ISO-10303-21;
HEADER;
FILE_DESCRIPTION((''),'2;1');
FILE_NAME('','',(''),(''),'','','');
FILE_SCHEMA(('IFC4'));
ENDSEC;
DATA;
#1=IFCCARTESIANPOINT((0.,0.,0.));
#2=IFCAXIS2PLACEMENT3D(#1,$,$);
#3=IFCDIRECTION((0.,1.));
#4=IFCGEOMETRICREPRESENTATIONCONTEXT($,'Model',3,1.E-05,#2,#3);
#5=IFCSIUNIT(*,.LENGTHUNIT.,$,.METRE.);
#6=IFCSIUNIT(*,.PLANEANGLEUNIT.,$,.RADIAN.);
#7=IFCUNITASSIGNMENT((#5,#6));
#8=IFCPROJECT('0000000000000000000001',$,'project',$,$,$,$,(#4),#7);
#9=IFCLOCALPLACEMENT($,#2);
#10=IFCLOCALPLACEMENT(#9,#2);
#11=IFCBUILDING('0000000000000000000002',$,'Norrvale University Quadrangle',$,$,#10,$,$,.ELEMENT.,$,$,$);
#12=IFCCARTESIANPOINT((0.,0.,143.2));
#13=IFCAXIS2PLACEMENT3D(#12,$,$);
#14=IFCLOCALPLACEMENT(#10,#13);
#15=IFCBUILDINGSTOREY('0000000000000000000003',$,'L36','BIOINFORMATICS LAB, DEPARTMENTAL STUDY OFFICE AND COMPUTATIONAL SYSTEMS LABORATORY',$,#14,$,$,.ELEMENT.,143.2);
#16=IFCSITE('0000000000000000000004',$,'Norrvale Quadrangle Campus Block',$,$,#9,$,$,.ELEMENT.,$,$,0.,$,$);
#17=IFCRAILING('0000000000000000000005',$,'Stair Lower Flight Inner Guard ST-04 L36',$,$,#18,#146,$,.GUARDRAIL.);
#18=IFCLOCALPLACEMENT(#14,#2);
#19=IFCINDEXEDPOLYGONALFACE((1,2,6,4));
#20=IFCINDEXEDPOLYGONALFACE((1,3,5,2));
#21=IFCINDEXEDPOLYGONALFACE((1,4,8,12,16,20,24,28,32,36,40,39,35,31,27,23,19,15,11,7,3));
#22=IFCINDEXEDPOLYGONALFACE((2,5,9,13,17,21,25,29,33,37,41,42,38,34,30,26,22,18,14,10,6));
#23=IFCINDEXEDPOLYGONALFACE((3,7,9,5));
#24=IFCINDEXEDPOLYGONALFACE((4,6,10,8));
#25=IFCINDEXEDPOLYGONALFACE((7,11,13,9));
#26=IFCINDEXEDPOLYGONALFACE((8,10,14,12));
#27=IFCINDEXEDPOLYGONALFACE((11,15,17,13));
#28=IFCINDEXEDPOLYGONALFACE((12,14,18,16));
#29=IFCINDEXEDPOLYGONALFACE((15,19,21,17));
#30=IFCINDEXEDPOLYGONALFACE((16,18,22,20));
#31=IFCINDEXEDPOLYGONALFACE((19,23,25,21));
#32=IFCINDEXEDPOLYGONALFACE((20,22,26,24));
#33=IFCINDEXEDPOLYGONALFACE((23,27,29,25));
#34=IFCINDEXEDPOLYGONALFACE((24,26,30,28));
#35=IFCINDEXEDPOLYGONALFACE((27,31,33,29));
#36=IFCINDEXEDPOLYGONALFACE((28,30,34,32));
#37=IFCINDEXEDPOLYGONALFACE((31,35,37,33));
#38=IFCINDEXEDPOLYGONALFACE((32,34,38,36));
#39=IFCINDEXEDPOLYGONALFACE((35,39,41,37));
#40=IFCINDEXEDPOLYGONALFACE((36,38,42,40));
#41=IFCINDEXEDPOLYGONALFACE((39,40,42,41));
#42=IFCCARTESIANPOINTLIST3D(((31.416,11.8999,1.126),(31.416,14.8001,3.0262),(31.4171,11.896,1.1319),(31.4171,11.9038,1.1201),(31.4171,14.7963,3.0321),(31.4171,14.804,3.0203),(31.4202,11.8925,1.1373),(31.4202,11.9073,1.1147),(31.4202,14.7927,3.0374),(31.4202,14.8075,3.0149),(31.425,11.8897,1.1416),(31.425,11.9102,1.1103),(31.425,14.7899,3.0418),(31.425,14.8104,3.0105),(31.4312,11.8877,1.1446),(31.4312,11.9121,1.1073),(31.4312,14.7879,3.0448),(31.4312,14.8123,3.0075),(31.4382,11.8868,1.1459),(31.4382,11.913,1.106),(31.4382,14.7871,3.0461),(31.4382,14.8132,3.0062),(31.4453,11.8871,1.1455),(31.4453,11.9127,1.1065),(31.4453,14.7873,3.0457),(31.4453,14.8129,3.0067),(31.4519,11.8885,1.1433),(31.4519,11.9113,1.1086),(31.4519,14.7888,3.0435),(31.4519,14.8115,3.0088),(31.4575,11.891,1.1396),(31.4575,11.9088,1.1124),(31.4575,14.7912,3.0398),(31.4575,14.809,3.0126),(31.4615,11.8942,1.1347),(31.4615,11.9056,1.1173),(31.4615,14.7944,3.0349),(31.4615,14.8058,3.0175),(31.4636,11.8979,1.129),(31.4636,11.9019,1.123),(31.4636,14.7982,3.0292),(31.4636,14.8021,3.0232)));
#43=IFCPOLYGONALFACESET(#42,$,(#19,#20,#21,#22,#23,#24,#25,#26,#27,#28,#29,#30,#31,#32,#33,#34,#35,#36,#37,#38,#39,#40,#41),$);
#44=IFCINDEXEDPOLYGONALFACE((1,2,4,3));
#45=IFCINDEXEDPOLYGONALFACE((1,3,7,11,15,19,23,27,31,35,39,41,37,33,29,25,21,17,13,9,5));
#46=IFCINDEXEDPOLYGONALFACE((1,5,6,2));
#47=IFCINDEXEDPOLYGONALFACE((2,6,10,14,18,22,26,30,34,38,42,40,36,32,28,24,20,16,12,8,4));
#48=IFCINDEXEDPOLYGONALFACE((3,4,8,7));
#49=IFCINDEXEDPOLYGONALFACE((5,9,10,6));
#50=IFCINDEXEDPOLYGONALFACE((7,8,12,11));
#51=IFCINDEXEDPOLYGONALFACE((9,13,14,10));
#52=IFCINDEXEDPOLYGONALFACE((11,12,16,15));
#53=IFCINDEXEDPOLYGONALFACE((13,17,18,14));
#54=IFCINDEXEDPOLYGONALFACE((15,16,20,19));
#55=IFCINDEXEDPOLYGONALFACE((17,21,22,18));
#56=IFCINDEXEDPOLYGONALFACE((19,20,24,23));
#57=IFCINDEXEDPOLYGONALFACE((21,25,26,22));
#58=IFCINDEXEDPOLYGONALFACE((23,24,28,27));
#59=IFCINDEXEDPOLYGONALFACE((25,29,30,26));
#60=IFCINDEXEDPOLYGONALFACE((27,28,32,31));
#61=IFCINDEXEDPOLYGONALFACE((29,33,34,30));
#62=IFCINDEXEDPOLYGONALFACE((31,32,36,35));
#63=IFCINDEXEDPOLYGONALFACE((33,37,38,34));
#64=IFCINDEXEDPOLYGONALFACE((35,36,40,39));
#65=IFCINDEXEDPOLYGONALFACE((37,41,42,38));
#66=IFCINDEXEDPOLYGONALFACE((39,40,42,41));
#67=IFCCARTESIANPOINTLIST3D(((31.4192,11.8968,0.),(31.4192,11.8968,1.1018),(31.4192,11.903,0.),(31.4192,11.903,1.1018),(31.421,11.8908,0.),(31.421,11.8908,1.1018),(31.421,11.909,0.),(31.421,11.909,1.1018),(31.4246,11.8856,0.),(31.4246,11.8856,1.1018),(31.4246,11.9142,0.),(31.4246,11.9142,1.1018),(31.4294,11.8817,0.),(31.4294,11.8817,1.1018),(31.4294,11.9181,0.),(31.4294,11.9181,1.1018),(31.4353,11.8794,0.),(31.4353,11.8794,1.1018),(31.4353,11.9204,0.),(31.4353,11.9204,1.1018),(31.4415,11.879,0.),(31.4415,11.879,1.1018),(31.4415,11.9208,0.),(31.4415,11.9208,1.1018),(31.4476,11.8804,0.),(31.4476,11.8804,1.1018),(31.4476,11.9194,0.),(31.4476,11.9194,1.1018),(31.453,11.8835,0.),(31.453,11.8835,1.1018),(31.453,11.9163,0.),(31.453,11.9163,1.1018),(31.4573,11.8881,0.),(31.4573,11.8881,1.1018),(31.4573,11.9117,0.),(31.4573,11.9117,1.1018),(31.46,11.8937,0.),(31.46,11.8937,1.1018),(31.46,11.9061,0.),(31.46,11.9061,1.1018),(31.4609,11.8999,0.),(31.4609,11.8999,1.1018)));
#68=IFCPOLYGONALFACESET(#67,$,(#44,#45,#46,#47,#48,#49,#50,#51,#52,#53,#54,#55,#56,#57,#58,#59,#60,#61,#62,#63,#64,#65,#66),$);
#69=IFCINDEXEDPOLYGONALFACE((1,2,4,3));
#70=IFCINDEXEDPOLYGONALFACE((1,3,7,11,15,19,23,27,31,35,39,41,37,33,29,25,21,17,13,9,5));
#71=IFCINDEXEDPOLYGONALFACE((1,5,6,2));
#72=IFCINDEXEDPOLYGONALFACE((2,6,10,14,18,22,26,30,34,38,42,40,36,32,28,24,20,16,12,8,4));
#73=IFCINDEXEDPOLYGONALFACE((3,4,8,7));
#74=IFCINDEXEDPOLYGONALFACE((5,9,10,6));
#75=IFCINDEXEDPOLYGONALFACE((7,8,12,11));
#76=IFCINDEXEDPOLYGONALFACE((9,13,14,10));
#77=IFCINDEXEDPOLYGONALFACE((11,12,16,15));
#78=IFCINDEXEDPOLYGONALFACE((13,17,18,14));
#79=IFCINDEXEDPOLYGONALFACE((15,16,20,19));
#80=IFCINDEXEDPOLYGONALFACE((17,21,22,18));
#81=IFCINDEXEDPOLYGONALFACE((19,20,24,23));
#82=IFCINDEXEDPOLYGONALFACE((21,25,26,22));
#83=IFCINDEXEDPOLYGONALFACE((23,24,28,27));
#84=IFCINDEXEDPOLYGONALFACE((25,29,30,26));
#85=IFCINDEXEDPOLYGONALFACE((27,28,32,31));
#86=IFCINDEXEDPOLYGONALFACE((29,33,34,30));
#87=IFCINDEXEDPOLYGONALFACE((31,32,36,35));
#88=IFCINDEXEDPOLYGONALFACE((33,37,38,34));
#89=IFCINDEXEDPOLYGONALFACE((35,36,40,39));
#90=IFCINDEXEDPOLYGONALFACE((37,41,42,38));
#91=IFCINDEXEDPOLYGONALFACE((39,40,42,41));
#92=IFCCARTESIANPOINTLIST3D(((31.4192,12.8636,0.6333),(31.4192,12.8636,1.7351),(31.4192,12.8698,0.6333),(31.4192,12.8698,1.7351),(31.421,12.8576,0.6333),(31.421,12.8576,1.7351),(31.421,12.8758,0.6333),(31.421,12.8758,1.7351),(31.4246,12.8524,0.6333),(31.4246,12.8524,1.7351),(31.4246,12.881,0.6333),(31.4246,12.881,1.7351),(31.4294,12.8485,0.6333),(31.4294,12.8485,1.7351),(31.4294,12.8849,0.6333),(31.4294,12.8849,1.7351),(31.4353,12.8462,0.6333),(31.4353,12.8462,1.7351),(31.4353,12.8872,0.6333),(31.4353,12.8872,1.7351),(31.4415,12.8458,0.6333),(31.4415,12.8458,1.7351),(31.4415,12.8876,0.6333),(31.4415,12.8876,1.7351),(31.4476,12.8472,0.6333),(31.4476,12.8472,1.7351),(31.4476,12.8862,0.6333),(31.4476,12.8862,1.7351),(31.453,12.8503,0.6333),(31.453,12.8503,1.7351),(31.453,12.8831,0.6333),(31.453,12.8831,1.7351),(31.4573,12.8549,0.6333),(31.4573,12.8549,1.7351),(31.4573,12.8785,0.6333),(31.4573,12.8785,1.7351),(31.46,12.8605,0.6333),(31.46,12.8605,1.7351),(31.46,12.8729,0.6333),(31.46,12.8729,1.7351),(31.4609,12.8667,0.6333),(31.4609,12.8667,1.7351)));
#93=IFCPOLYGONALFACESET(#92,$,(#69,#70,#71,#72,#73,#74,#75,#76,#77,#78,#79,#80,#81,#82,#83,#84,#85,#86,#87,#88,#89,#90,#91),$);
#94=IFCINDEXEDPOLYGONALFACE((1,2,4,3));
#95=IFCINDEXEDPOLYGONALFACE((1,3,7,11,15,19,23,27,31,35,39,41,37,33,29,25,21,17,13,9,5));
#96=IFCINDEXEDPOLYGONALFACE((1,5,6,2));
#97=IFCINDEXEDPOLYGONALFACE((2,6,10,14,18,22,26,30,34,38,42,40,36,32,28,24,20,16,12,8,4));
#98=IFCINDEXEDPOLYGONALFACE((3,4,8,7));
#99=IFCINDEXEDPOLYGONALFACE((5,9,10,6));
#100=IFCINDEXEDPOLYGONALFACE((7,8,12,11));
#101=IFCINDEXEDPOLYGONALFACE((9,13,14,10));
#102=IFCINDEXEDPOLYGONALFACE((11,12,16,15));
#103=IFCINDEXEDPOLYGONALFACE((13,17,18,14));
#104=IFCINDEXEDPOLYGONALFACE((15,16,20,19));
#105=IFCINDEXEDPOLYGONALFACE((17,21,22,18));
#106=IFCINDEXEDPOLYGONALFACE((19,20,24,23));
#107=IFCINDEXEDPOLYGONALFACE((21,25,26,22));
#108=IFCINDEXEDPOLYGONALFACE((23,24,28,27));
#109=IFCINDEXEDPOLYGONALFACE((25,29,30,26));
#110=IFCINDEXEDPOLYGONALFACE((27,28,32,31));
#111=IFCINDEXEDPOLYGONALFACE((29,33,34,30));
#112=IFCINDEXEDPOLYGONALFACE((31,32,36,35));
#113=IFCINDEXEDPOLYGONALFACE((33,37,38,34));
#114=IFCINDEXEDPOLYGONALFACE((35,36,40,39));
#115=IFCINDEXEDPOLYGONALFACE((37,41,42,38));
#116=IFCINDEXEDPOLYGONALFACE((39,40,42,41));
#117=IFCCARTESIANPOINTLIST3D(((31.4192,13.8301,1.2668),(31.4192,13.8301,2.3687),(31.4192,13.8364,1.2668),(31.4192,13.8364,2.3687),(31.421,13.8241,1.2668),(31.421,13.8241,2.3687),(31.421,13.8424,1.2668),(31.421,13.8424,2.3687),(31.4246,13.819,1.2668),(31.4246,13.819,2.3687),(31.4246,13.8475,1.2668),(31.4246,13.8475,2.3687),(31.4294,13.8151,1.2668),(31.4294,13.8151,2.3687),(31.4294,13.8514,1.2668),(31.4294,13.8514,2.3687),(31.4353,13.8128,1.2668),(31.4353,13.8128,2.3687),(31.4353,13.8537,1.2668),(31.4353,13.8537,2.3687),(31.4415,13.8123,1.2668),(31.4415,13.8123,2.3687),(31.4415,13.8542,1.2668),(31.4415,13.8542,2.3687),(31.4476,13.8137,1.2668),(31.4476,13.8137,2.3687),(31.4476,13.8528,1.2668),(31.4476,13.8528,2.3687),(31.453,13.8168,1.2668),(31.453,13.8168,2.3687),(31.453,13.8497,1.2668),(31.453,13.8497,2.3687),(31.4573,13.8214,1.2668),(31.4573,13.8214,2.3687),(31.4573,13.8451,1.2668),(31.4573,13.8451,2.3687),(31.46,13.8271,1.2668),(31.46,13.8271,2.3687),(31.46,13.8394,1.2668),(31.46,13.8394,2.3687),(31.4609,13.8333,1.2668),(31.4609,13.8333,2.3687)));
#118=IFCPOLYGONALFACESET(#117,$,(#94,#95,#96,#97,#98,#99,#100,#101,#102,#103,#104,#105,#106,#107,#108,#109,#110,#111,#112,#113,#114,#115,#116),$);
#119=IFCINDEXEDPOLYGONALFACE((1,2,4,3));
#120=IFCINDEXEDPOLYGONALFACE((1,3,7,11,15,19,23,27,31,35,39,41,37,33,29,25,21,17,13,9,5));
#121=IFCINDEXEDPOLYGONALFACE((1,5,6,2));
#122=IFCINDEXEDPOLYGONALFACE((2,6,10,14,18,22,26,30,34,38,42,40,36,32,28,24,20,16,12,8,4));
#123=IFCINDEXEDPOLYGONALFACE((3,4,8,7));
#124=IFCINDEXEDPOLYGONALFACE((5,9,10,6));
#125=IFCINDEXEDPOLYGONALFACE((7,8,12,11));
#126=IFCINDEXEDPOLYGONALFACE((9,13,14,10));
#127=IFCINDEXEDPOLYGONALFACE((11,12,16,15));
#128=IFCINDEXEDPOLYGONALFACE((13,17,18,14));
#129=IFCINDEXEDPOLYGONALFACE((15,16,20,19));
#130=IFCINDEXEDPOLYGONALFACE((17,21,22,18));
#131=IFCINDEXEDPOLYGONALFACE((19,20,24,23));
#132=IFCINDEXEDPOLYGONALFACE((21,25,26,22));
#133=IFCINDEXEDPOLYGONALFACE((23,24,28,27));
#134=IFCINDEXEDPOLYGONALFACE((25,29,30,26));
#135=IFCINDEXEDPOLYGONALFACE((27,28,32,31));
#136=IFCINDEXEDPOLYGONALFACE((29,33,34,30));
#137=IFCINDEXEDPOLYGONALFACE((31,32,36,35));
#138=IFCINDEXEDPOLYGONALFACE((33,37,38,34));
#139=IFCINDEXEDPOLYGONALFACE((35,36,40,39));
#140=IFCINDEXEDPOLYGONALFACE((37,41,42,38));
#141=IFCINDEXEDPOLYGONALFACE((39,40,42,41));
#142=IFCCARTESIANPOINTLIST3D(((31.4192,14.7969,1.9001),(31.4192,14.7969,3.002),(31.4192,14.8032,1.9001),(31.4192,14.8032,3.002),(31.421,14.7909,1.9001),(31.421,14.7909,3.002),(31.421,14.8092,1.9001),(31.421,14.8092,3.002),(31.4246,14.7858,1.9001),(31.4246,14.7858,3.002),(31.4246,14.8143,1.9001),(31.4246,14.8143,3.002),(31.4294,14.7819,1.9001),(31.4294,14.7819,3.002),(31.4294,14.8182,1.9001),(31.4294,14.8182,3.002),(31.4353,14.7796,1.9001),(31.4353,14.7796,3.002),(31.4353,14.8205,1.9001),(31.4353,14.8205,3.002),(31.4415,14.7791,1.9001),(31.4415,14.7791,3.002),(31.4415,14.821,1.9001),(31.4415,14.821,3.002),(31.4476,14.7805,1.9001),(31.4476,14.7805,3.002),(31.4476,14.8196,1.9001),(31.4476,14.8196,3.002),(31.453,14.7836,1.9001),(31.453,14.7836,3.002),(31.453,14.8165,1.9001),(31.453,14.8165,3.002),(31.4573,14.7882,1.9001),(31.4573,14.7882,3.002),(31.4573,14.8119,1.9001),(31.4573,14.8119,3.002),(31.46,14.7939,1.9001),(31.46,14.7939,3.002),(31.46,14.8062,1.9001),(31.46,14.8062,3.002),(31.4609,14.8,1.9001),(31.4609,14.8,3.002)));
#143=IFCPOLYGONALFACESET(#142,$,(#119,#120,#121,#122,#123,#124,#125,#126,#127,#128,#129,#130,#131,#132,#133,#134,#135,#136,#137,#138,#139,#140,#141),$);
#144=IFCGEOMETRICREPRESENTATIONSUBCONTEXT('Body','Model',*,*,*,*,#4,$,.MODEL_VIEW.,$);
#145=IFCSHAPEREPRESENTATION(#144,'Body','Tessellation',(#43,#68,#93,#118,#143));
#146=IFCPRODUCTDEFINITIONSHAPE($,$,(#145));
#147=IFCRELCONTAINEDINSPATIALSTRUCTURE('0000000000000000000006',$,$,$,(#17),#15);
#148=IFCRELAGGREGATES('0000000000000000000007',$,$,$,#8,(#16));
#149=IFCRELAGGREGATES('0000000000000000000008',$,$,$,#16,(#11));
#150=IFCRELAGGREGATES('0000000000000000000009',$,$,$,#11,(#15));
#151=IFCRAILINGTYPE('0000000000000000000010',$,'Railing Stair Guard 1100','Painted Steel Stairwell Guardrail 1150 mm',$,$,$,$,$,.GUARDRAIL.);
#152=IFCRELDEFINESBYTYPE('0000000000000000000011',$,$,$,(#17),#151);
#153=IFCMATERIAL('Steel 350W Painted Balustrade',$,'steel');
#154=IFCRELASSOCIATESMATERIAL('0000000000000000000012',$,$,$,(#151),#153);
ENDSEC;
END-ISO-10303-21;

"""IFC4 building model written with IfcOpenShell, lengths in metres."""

from ifc_helpers import new_model, si_unit, direction, frame, origin, origin_2d, place, context, subcontext, project, spatial, circle, extrude, material, type_object, element, save


model = new_model("IFC4")

# Units and contexts
model_context = context("Model", 3, precision=1e-05, world=origin(), true_north=direction((0.0, 1.0)))
body_context = subcontext(model_context, "Body", "Model", "MODEL_VIEW")
ifc_project = project(units=[si_unit("LENGTHUNIT", "METRE"), si_unit("PLANEANGLEUNIT", "RADIAN")], contexts=[model_context])

# Site, building, storey
site_placement = place(None, origin())
site = spatial("IfcSite", under=ifc_project, at=site_placement, Name="Norrvale Quadrangle Campus Block", CompositionType="ELEMENT", RefElevation=0.0)
building_placement = place(site_placement, origin())
building = spatial("IfcBuilding", under=site, at=building_placement, Name="Norrvale University Quadrangle", CompositionType="ELEMENT")
storey_placement = place(building_placement, frame((0.0, 0.0, 143.2)))
storey = spatial("IfcBuildingStorey", under=building, at=storey_placement, Name="L36", Description="BIOINFORMATICS LAB, DEPARTMENTAL STUDY OFFICE AND COMPUTATIONAL SYSTEMS LABORATORY", CompositionType="ELEMENT", Elevation=143.2)

# Railing
ifc_material_1 = material(Name="Steel 350W Painted Balustrade", Category="steel")
railing_type_1 = type_object("IfcRailingType", Name="Railing Stair Guard 1100", Description="Painted Steel Stairwell Guardrail 1150 mm", PredefinedType="GUARDRAIL", material=ifc_material_1)
railing_1_placement = place(storey_placement, frame((31.4399, 11.8999, 0.0)))
element("IfcRailing", 1, at=railing_1_placement, inside=storey, type_object=railing_type_1, Name="Stair Lower Flight Inner Guard ST-04 L36", PredefinedType="GUARDRAIL", context=body_context, shape_type="SweptSolid", body=[
    extrude(circle(Radius=0.0239, at=origin_2d()), frame((0.0, 0.0, 1.126), z_axis=(0.0, 0.836454, 0.548036), x_axis=(-1.0, 0.0, 0.0)), (0.0, 0.0, 1.0), 3.4673),
    extrude(circle(Radius=0.021, at=origin_2d()), origin(), (0.0, 0.0, 1.0), 1.1018),
    extrude(circle(Radius=0.021, at=origin_2d()), frame((0.0, 0.9668, 0.6333)), (0.0, 0.0, 1.0), 1.1018),
    extrude(circle(Radius=0.021, at=origin_2d()), frame((0.0, 1.9333, 1.2668)), (0.0, 0.0, 1.0), 1.1018),
    extrude(circle(Radius=0.021, at=origin_2d()), frame((0.0, 2.9001, 1.9001)), (0.0, 0.0, 1.0), 1.1018),
])

save(model, "model.ifc")
